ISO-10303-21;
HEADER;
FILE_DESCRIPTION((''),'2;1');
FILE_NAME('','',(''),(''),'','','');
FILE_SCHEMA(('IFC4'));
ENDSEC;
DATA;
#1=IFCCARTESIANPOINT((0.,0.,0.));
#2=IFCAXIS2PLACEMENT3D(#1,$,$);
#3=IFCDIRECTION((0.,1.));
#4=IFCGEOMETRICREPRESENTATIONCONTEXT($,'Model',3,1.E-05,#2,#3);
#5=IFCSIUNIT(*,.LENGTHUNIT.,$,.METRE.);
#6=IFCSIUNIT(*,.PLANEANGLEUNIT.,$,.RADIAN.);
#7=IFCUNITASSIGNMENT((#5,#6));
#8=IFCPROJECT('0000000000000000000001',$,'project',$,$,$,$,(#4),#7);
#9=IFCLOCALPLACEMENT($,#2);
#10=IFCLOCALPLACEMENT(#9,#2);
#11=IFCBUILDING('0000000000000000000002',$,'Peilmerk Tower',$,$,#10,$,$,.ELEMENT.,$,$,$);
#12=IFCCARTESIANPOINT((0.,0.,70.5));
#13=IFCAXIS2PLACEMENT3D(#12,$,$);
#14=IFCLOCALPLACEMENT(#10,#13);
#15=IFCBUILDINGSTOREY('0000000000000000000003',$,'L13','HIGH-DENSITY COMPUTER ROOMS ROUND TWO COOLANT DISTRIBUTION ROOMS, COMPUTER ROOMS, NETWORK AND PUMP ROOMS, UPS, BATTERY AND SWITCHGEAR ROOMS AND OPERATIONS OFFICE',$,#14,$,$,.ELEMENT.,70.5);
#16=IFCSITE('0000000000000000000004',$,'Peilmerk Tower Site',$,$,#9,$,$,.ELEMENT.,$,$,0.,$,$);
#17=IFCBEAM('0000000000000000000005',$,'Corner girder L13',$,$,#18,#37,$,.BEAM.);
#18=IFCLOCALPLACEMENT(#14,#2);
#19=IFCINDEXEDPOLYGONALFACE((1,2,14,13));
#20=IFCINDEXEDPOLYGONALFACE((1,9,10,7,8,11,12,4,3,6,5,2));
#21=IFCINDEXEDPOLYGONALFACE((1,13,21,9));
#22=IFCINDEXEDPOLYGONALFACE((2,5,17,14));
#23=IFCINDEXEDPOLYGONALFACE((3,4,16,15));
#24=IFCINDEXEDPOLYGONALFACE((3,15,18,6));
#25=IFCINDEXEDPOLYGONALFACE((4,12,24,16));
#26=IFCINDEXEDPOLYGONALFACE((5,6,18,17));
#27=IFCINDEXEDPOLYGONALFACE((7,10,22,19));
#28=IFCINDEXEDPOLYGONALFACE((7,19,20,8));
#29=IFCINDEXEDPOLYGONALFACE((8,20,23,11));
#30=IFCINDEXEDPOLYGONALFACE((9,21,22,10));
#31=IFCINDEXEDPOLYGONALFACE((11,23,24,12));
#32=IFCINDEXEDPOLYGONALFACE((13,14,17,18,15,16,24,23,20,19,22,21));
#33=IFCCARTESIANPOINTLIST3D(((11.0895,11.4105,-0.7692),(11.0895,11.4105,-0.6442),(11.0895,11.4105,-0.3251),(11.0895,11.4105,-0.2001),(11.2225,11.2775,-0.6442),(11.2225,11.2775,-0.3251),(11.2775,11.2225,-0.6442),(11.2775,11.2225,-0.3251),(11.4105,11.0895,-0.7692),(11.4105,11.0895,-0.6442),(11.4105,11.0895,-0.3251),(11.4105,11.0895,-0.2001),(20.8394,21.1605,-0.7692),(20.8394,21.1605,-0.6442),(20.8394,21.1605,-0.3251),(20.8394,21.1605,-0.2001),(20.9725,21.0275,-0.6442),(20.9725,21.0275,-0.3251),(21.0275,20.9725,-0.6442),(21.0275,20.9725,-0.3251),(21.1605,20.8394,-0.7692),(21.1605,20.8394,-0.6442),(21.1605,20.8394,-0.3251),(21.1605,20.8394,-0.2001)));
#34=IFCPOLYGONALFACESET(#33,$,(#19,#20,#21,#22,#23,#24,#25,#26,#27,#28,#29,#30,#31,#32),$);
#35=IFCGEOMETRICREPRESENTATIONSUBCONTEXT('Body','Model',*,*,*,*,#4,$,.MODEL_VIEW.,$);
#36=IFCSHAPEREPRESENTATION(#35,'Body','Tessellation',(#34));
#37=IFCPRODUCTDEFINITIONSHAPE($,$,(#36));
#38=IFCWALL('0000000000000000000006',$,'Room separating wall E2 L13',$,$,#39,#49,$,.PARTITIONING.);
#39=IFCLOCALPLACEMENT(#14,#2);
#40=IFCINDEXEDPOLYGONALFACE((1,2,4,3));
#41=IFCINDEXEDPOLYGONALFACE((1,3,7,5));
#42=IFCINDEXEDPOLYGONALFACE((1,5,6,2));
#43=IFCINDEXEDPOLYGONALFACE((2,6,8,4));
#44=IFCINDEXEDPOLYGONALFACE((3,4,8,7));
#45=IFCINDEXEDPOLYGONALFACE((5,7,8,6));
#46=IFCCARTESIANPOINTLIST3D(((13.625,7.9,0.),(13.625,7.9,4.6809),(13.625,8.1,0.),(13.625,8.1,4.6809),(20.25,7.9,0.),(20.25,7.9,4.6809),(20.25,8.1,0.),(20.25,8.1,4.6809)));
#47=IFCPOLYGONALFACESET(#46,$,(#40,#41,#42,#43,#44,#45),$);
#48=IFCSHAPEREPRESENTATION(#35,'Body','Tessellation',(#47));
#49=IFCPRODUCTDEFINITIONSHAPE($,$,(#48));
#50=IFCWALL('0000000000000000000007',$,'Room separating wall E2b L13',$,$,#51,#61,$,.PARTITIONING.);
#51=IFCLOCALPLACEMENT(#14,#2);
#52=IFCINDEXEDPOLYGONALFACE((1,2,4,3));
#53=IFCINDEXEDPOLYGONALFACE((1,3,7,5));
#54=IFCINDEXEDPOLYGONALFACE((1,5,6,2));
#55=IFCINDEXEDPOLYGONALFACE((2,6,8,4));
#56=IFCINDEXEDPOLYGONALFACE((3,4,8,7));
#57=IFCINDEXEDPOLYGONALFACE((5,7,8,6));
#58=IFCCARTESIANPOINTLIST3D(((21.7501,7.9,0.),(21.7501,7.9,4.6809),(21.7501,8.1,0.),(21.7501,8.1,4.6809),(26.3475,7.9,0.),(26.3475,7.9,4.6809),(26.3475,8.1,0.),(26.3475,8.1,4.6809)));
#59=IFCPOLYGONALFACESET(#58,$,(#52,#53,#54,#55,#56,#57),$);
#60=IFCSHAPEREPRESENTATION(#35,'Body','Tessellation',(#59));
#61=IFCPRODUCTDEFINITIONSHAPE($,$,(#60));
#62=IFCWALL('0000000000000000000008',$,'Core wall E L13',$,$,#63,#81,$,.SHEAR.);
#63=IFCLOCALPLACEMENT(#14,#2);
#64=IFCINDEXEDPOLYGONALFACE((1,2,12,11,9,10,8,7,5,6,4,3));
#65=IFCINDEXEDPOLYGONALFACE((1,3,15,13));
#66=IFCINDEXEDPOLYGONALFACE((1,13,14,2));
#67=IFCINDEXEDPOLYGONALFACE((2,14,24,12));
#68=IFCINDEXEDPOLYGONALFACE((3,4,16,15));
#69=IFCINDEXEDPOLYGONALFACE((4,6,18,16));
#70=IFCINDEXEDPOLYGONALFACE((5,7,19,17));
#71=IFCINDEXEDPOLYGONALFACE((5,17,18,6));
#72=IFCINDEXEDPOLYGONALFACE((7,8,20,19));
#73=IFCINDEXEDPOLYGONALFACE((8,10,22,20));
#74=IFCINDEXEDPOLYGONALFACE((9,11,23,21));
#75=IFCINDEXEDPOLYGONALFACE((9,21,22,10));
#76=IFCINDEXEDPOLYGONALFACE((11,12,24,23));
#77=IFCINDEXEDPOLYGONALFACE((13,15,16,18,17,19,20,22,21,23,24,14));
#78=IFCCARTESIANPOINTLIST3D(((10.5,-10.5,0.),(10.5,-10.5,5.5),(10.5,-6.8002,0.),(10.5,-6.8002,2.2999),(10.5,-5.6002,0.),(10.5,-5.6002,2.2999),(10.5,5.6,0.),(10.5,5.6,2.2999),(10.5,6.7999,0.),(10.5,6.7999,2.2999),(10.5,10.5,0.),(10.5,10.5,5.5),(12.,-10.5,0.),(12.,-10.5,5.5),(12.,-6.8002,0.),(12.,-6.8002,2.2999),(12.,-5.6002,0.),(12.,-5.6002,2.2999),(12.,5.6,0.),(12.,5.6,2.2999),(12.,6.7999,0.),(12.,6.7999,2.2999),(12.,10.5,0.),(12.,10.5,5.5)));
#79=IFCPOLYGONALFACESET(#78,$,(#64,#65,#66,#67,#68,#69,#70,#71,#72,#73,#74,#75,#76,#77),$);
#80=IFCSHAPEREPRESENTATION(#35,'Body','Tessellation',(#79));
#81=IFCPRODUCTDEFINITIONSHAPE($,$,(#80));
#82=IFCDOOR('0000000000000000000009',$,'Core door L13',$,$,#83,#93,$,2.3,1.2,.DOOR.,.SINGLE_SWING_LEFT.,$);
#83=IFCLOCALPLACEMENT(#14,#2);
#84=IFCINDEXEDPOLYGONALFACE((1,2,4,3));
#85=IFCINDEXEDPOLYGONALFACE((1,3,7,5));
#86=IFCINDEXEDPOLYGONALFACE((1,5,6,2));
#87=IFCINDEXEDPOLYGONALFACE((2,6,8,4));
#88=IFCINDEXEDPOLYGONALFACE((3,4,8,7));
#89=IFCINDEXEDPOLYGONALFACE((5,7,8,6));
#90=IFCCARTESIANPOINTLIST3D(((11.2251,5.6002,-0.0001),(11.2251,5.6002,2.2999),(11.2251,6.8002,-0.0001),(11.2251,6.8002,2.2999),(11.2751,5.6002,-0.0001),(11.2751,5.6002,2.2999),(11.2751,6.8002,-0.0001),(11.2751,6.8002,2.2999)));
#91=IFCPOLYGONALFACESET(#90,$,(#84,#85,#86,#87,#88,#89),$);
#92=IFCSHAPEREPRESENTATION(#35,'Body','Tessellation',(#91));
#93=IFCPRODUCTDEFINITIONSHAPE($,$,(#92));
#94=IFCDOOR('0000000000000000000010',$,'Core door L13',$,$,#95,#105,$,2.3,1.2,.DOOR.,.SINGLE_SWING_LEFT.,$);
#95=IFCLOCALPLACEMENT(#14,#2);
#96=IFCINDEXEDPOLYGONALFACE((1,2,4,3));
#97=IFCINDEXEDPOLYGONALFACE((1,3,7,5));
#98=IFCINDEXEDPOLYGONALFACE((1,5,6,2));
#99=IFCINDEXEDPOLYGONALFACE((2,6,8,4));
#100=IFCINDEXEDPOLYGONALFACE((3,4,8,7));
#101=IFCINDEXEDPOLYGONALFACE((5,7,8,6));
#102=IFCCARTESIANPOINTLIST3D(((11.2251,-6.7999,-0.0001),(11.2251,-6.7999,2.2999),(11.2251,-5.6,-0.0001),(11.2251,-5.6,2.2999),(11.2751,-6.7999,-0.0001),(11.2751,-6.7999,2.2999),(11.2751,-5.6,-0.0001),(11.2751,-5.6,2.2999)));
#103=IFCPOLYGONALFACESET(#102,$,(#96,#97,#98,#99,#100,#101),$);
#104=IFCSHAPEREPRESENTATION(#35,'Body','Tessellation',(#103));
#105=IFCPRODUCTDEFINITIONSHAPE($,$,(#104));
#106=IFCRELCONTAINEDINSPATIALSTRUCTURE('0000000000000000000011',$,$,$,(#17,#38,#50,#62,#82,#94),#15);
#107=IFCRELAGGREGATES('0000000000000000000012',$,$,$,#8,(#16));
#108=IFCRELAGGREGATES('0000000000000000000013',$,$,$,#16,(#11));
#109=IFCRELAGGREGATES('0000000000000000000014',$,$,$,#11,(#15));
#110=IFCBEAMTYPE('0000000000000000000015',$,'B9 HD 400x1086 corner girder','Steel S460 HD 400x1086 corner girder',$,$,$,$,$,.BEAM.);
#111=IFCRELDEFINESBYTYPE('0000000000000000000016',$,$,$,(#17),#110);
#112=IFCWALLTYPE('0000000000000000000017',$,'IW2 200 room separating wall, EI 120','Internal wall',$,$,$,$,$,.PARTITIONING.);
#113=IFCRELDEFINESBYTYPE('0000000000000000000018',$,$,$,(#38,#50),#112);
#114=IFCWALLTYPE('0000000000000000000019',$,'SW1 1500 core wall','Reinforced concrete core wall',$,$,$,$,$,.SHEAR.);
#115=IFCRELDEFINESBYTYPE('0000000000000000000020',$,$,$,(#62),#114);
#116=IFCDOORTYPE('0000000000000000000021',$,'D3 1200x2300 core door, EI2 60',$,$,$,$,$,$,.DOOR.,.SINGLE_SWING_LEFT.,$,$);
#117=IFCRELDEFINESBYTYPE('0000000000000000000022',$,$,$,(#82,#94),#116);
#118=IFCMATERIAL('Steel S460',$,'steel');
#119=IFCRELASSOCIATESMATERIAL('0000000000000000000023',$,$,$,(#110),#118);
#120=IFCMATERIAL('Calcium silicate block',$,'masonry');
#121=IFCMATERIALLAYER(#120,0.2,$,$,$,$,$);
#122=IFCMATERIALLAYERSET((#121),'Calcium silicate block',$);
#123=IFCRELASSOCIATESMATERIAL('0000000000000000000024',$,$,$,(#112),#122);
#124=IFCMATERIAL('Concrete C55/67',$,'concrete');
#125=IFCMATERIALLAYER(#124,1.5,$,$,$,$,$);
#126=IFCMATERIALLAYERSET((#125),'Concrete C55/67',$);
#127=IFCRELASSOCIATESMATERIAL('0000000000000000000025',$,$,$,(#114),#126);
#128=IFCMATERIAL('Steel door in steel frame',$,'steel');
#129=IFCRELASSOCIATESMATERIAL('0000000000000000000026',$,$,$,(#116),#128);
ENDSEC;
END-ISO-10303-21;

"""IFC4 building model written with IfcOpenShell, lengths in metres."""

from ifc_helpers import new_model, si_unit, direction, frame, frame_2d, origin, origin_2d, place, context, subcontext, project, spatial, rectangle, i_section, extrude, material, layer, layer_set, material_profile, profile_set, type_object, element, fill, save


model = new_model("IFC4")

# Units and contexts
model_context = context("Model", 3, precision=1e-05, world=origin(), true_north=direction((0.0, 1.0)))
body_context = subcontext(model_context, "Body", "Model", "MODEL_VIEW")
ifc_project = project(units=[si_unit("LENGTHUNIT", "METRE"), si_unit("PLANEANGLEUNIT", "RADIAN")], contexts=[model_context])

# Site, building, storey
site_placement = place(None, origin())
site = spatial("IfcSite", under=ifc_project, at=site_placement, Name="Peilmerk Tower Site", CompositionType="ELEMENT", RefElevation=0.0)
building_placement = place(site_placement, origin())
building = spatial("IfcBuilding", under=site, at=building_placement, Name="Peilmerk Tower", CompositionType="ELEMENT")
storey_placement = place(building_placement, frame((0.0, 0.0, 70.5)))
storey = spatial("IfcBuildingStorey", under=building, at=storey_placement, Name="L13", Description="HIGH-DENSITY COMPUTER ROOMS ROUND TWO COOLANT DISTRIBUTION ROOMS, COMPUTER ROOMS, NETWORK AND PUMP ROOMS, UPS, BATTERY AND SWITCHGEAR ROOMS AND OPERATIONS OFFICE", CompositionType="ELEMENT", Elevation=70.5)

# Beam
ifc_material_1 = material(Name="Steel S460", Category="steel")
ifc_material_profile_1 = material_profile(ifc_material_1, i_section(OverallWidth=0.4541, OverallDepth=0.5691, WebThickness=0.0779, FlangeThickness=0.125, at=origin_2d()), Name="HD 400x1086")
ifc_profile_set_1 = profile_set([ifc_material_profile_1], Name="Steel S460")
beam_type_1 = type_object("IfcBeamType", Name="B9 HD 400x1086 corner girder", Description="Steel S460 HD 400x1086 corner girder", PredefinedType="BEAM", material=ifc_profile_set_1)
beam_1_placement = place(storey_placement, frame((11.25, 11.25, -0.4846), z_axis=(0.707107, 0.707107, 0.0), x_axis=(-0.707107, 0.707107, 0.0)))
element("IfcBeam", 1, at=beam_1_placement, inside=storey, type_object=beam_type_1, Name="Corner girder L13", PredefinedType="BEAM", context=body_context, shape_type="SweptSolid", body=[
    extrude(i_section(OverallWidth=0.4541, OverallDepth=0.5691, WebThickness=0.0779, FlangeThickness=0.125, at=origin_2d()), origin(), (0.0, 0.0, 1.0), 13.7886),
])

# Walls
ifc_material_2 = material(Name="Calcium silicate block", Category="masonry")
ifc_layer_1 = layer(ifc_material_2, 0.2)
ifc_layer_set_1 = layer_set([ifc_layer_1], Name="Calcium silicate block")
wall_type_1 = type_object("IfcWallType", Name="IW2 200 room separating wall, EI 120", Description="Internal wall", PredefinedType="PARTITIONING", material=ifc_layer_set_1)
wall_1_placement = place(storey_placement, frame((13.625, 8.0, 0.0), z_axis=(0.0, 0.0, 1.0), x_axis=(1.0, 0.0, 0.0)))
element("IfcWall", 2, at=wall_1_placement, inside=storey, type_object=wall_type_1, Name="Room separating wall E2 L13", PredefinedType="PARTITIONING", context=body_context, shape_type="SweptSolid", body=[
    extrude(rectangle(XDim=6.625, YDim=0.2, at=frame_2d((3.3125, 0.0))), origin(), (0.0, 0.0, 1.0), 4.6809),
])
wall_2_placement = place(storey_placement, frame((21.75, 8.0, 0.0), z_axis=(0.0, 0.0, 1.0), x_axis=(1.0, 0.0, 0.0)))
element("IfcWall", 3, at=wall_2_placement, inside=storey, type_object=wall_type_1, Name="Room separating wall E2b L13", PredefinedType="PARTITIONING", context=body_context, shape_type="SweptSolid", body=[
    extrude(rectangle(XDim=4.5974, YDim=0.2, at=frame_2d((2.2988, 0.0))), origin(), (0.0, 0.0, 1.0), 4.6809),
])

# Wall, openings, doors
ifc_material_3 = material(Name="Concrete C55/67", Category="concrete")
ifc_layer_2 = layer(ifc_material_3, 1.5)
ifc_layer_set_2 = layer_set([ifc_layer_2], Name="Concrete C55/67")
wall_type_2 = type_object("IfcWallType", Name="SW1 1500 core wall", Description="Reinforced concrete core wall", PredefinedType="SHEAR", material=ifc_layer_set_2)
wall_3_placement = place(storey_placement, frame((11.25, 10.5, 0.0), z_axis=(0.0, 0.0, 1.0), x_axis=(0.0, -1.0, 0.0)))
wall_3 = element("IfcWall", 4, at=wall_3_placement, inside=storey, type_object=wall_type_2, Name="Core wall E L13", PredefinedType="SHEAR", context=body_context, shape_type="SweptSolid", body=[
    extrude(rectangle(XDim=21.0, YDim=1.5, at=frame_2d((10.5, 0.0))), origin(), (0.0, 0.0, 1.0), 5.5),
])
opening_1_placement = place(wall_3_placement, frame((3.7, 0.0, 0.0)))
opening_1 = element("IfcOpeningElement", 5, at=opening_1_placement, cuts=wall_3, PredefinedType="OPENING", context=body_context, shape_type="SweptSolid", body=[
    extrude(rectangle(XDim=1.2, YDim=2.3, at=frame_2d((0.6001, 1.1499))), frame((0.0, 0.76, 0.0), z_axis=(0.0, -1.0, 0.0), x_axis=(1.0, 0.0, 0.0)), (0.0, 0.0, 1.0), 1.52),
])
opening_2_placement = place(wall_3_placement, frame((16.1001, 0.0, 0.0)))
opening_2 = element("IfcOpeningElement", 6, at=opening_2_placement, cuts=wall_3, PredefinedType="OPENING", context=body_context, shape_type="SweptSolid", body=[
    extrude(rectangle(XDim=1.2, YDim=2.3, at=frame_2d((0.6001, 1.1499))), frame((0.0, 0.76, 0.0), z_axis=(0.0, -1.0, 0.0), x_axis=(1.0, 0.0, 0.0)), (0.0, 0.0, 1.0), 1.52),
])
ifc_material_4 = material(Name="Steel door in steel frame", Category="steel")
door_type = type_object("IfcDoorType", Name="D3 1200x2300 core door, EI2 60", OperationType="SINGLE_SWING_LEFT", PredefinedType="DOOR", material=ifc_material_4)
door_1_placement = place(opening_1_placement, frame((1.2, 0.0, 0.0), z_axis=(0.0, 0.0, 1.0), x_axis=(-1.0, 0.0, 0.0)))
door_1 = element("IfcDoor", 7, at=door_1_placement, inside=storey, type_object=door_type, Name="Core door L13", OperationType="SINGLE_SWING_LEFT", OverallHeight=2.3, OverallWidth=1.2, PredefinedType="DOOR", context=body_context, shape_type="SweptSolid", body=[
    extrude(rectangle(XDim=1.2, YDim=2.3, at=frame_2d((0.6001, 1.1499))), frame((0.0, 0.0249, 0.0), z_axis=(0.0, -1.0, 0.0), x_axis=(1.0, 0.0, 0.0)), (0.0, 0.0, 1.0), 0.05),
])
fill(opening_1, door_1)
door_2_placement = place(opening_2_placement, frame((1.2, 0.0, 0.0), z_axis=(0.0, 0.0, 1.0), x_axis=(-1.0, 0.0, 0.0)))
door_2 = element("IfcDoor", 8, at=door_2_placement, inside=storey, type_object=door_type, Name="Core door L13", OperationType="SINGLE_SWING_LEFT", OverallHeight=2.3, OverallWidth=1.2, PredefinedType="DOOR", context=body_context, shape_type="SweptSolid", body=[
    extrude(rectangle(XDim=1.2, YDim=2.3, at=frame_2d((0.6001, 1.1499))), frame((0.0, 0.0249, 0.0), z_axis=(0.0, -1.0, 0.0), x_axis=(1.0, 0.0, 0.0)), (0.0, 0.0, 1.0), 0.05),
])
fill(opening_2, door_2)

save(model, "model.ifc")
